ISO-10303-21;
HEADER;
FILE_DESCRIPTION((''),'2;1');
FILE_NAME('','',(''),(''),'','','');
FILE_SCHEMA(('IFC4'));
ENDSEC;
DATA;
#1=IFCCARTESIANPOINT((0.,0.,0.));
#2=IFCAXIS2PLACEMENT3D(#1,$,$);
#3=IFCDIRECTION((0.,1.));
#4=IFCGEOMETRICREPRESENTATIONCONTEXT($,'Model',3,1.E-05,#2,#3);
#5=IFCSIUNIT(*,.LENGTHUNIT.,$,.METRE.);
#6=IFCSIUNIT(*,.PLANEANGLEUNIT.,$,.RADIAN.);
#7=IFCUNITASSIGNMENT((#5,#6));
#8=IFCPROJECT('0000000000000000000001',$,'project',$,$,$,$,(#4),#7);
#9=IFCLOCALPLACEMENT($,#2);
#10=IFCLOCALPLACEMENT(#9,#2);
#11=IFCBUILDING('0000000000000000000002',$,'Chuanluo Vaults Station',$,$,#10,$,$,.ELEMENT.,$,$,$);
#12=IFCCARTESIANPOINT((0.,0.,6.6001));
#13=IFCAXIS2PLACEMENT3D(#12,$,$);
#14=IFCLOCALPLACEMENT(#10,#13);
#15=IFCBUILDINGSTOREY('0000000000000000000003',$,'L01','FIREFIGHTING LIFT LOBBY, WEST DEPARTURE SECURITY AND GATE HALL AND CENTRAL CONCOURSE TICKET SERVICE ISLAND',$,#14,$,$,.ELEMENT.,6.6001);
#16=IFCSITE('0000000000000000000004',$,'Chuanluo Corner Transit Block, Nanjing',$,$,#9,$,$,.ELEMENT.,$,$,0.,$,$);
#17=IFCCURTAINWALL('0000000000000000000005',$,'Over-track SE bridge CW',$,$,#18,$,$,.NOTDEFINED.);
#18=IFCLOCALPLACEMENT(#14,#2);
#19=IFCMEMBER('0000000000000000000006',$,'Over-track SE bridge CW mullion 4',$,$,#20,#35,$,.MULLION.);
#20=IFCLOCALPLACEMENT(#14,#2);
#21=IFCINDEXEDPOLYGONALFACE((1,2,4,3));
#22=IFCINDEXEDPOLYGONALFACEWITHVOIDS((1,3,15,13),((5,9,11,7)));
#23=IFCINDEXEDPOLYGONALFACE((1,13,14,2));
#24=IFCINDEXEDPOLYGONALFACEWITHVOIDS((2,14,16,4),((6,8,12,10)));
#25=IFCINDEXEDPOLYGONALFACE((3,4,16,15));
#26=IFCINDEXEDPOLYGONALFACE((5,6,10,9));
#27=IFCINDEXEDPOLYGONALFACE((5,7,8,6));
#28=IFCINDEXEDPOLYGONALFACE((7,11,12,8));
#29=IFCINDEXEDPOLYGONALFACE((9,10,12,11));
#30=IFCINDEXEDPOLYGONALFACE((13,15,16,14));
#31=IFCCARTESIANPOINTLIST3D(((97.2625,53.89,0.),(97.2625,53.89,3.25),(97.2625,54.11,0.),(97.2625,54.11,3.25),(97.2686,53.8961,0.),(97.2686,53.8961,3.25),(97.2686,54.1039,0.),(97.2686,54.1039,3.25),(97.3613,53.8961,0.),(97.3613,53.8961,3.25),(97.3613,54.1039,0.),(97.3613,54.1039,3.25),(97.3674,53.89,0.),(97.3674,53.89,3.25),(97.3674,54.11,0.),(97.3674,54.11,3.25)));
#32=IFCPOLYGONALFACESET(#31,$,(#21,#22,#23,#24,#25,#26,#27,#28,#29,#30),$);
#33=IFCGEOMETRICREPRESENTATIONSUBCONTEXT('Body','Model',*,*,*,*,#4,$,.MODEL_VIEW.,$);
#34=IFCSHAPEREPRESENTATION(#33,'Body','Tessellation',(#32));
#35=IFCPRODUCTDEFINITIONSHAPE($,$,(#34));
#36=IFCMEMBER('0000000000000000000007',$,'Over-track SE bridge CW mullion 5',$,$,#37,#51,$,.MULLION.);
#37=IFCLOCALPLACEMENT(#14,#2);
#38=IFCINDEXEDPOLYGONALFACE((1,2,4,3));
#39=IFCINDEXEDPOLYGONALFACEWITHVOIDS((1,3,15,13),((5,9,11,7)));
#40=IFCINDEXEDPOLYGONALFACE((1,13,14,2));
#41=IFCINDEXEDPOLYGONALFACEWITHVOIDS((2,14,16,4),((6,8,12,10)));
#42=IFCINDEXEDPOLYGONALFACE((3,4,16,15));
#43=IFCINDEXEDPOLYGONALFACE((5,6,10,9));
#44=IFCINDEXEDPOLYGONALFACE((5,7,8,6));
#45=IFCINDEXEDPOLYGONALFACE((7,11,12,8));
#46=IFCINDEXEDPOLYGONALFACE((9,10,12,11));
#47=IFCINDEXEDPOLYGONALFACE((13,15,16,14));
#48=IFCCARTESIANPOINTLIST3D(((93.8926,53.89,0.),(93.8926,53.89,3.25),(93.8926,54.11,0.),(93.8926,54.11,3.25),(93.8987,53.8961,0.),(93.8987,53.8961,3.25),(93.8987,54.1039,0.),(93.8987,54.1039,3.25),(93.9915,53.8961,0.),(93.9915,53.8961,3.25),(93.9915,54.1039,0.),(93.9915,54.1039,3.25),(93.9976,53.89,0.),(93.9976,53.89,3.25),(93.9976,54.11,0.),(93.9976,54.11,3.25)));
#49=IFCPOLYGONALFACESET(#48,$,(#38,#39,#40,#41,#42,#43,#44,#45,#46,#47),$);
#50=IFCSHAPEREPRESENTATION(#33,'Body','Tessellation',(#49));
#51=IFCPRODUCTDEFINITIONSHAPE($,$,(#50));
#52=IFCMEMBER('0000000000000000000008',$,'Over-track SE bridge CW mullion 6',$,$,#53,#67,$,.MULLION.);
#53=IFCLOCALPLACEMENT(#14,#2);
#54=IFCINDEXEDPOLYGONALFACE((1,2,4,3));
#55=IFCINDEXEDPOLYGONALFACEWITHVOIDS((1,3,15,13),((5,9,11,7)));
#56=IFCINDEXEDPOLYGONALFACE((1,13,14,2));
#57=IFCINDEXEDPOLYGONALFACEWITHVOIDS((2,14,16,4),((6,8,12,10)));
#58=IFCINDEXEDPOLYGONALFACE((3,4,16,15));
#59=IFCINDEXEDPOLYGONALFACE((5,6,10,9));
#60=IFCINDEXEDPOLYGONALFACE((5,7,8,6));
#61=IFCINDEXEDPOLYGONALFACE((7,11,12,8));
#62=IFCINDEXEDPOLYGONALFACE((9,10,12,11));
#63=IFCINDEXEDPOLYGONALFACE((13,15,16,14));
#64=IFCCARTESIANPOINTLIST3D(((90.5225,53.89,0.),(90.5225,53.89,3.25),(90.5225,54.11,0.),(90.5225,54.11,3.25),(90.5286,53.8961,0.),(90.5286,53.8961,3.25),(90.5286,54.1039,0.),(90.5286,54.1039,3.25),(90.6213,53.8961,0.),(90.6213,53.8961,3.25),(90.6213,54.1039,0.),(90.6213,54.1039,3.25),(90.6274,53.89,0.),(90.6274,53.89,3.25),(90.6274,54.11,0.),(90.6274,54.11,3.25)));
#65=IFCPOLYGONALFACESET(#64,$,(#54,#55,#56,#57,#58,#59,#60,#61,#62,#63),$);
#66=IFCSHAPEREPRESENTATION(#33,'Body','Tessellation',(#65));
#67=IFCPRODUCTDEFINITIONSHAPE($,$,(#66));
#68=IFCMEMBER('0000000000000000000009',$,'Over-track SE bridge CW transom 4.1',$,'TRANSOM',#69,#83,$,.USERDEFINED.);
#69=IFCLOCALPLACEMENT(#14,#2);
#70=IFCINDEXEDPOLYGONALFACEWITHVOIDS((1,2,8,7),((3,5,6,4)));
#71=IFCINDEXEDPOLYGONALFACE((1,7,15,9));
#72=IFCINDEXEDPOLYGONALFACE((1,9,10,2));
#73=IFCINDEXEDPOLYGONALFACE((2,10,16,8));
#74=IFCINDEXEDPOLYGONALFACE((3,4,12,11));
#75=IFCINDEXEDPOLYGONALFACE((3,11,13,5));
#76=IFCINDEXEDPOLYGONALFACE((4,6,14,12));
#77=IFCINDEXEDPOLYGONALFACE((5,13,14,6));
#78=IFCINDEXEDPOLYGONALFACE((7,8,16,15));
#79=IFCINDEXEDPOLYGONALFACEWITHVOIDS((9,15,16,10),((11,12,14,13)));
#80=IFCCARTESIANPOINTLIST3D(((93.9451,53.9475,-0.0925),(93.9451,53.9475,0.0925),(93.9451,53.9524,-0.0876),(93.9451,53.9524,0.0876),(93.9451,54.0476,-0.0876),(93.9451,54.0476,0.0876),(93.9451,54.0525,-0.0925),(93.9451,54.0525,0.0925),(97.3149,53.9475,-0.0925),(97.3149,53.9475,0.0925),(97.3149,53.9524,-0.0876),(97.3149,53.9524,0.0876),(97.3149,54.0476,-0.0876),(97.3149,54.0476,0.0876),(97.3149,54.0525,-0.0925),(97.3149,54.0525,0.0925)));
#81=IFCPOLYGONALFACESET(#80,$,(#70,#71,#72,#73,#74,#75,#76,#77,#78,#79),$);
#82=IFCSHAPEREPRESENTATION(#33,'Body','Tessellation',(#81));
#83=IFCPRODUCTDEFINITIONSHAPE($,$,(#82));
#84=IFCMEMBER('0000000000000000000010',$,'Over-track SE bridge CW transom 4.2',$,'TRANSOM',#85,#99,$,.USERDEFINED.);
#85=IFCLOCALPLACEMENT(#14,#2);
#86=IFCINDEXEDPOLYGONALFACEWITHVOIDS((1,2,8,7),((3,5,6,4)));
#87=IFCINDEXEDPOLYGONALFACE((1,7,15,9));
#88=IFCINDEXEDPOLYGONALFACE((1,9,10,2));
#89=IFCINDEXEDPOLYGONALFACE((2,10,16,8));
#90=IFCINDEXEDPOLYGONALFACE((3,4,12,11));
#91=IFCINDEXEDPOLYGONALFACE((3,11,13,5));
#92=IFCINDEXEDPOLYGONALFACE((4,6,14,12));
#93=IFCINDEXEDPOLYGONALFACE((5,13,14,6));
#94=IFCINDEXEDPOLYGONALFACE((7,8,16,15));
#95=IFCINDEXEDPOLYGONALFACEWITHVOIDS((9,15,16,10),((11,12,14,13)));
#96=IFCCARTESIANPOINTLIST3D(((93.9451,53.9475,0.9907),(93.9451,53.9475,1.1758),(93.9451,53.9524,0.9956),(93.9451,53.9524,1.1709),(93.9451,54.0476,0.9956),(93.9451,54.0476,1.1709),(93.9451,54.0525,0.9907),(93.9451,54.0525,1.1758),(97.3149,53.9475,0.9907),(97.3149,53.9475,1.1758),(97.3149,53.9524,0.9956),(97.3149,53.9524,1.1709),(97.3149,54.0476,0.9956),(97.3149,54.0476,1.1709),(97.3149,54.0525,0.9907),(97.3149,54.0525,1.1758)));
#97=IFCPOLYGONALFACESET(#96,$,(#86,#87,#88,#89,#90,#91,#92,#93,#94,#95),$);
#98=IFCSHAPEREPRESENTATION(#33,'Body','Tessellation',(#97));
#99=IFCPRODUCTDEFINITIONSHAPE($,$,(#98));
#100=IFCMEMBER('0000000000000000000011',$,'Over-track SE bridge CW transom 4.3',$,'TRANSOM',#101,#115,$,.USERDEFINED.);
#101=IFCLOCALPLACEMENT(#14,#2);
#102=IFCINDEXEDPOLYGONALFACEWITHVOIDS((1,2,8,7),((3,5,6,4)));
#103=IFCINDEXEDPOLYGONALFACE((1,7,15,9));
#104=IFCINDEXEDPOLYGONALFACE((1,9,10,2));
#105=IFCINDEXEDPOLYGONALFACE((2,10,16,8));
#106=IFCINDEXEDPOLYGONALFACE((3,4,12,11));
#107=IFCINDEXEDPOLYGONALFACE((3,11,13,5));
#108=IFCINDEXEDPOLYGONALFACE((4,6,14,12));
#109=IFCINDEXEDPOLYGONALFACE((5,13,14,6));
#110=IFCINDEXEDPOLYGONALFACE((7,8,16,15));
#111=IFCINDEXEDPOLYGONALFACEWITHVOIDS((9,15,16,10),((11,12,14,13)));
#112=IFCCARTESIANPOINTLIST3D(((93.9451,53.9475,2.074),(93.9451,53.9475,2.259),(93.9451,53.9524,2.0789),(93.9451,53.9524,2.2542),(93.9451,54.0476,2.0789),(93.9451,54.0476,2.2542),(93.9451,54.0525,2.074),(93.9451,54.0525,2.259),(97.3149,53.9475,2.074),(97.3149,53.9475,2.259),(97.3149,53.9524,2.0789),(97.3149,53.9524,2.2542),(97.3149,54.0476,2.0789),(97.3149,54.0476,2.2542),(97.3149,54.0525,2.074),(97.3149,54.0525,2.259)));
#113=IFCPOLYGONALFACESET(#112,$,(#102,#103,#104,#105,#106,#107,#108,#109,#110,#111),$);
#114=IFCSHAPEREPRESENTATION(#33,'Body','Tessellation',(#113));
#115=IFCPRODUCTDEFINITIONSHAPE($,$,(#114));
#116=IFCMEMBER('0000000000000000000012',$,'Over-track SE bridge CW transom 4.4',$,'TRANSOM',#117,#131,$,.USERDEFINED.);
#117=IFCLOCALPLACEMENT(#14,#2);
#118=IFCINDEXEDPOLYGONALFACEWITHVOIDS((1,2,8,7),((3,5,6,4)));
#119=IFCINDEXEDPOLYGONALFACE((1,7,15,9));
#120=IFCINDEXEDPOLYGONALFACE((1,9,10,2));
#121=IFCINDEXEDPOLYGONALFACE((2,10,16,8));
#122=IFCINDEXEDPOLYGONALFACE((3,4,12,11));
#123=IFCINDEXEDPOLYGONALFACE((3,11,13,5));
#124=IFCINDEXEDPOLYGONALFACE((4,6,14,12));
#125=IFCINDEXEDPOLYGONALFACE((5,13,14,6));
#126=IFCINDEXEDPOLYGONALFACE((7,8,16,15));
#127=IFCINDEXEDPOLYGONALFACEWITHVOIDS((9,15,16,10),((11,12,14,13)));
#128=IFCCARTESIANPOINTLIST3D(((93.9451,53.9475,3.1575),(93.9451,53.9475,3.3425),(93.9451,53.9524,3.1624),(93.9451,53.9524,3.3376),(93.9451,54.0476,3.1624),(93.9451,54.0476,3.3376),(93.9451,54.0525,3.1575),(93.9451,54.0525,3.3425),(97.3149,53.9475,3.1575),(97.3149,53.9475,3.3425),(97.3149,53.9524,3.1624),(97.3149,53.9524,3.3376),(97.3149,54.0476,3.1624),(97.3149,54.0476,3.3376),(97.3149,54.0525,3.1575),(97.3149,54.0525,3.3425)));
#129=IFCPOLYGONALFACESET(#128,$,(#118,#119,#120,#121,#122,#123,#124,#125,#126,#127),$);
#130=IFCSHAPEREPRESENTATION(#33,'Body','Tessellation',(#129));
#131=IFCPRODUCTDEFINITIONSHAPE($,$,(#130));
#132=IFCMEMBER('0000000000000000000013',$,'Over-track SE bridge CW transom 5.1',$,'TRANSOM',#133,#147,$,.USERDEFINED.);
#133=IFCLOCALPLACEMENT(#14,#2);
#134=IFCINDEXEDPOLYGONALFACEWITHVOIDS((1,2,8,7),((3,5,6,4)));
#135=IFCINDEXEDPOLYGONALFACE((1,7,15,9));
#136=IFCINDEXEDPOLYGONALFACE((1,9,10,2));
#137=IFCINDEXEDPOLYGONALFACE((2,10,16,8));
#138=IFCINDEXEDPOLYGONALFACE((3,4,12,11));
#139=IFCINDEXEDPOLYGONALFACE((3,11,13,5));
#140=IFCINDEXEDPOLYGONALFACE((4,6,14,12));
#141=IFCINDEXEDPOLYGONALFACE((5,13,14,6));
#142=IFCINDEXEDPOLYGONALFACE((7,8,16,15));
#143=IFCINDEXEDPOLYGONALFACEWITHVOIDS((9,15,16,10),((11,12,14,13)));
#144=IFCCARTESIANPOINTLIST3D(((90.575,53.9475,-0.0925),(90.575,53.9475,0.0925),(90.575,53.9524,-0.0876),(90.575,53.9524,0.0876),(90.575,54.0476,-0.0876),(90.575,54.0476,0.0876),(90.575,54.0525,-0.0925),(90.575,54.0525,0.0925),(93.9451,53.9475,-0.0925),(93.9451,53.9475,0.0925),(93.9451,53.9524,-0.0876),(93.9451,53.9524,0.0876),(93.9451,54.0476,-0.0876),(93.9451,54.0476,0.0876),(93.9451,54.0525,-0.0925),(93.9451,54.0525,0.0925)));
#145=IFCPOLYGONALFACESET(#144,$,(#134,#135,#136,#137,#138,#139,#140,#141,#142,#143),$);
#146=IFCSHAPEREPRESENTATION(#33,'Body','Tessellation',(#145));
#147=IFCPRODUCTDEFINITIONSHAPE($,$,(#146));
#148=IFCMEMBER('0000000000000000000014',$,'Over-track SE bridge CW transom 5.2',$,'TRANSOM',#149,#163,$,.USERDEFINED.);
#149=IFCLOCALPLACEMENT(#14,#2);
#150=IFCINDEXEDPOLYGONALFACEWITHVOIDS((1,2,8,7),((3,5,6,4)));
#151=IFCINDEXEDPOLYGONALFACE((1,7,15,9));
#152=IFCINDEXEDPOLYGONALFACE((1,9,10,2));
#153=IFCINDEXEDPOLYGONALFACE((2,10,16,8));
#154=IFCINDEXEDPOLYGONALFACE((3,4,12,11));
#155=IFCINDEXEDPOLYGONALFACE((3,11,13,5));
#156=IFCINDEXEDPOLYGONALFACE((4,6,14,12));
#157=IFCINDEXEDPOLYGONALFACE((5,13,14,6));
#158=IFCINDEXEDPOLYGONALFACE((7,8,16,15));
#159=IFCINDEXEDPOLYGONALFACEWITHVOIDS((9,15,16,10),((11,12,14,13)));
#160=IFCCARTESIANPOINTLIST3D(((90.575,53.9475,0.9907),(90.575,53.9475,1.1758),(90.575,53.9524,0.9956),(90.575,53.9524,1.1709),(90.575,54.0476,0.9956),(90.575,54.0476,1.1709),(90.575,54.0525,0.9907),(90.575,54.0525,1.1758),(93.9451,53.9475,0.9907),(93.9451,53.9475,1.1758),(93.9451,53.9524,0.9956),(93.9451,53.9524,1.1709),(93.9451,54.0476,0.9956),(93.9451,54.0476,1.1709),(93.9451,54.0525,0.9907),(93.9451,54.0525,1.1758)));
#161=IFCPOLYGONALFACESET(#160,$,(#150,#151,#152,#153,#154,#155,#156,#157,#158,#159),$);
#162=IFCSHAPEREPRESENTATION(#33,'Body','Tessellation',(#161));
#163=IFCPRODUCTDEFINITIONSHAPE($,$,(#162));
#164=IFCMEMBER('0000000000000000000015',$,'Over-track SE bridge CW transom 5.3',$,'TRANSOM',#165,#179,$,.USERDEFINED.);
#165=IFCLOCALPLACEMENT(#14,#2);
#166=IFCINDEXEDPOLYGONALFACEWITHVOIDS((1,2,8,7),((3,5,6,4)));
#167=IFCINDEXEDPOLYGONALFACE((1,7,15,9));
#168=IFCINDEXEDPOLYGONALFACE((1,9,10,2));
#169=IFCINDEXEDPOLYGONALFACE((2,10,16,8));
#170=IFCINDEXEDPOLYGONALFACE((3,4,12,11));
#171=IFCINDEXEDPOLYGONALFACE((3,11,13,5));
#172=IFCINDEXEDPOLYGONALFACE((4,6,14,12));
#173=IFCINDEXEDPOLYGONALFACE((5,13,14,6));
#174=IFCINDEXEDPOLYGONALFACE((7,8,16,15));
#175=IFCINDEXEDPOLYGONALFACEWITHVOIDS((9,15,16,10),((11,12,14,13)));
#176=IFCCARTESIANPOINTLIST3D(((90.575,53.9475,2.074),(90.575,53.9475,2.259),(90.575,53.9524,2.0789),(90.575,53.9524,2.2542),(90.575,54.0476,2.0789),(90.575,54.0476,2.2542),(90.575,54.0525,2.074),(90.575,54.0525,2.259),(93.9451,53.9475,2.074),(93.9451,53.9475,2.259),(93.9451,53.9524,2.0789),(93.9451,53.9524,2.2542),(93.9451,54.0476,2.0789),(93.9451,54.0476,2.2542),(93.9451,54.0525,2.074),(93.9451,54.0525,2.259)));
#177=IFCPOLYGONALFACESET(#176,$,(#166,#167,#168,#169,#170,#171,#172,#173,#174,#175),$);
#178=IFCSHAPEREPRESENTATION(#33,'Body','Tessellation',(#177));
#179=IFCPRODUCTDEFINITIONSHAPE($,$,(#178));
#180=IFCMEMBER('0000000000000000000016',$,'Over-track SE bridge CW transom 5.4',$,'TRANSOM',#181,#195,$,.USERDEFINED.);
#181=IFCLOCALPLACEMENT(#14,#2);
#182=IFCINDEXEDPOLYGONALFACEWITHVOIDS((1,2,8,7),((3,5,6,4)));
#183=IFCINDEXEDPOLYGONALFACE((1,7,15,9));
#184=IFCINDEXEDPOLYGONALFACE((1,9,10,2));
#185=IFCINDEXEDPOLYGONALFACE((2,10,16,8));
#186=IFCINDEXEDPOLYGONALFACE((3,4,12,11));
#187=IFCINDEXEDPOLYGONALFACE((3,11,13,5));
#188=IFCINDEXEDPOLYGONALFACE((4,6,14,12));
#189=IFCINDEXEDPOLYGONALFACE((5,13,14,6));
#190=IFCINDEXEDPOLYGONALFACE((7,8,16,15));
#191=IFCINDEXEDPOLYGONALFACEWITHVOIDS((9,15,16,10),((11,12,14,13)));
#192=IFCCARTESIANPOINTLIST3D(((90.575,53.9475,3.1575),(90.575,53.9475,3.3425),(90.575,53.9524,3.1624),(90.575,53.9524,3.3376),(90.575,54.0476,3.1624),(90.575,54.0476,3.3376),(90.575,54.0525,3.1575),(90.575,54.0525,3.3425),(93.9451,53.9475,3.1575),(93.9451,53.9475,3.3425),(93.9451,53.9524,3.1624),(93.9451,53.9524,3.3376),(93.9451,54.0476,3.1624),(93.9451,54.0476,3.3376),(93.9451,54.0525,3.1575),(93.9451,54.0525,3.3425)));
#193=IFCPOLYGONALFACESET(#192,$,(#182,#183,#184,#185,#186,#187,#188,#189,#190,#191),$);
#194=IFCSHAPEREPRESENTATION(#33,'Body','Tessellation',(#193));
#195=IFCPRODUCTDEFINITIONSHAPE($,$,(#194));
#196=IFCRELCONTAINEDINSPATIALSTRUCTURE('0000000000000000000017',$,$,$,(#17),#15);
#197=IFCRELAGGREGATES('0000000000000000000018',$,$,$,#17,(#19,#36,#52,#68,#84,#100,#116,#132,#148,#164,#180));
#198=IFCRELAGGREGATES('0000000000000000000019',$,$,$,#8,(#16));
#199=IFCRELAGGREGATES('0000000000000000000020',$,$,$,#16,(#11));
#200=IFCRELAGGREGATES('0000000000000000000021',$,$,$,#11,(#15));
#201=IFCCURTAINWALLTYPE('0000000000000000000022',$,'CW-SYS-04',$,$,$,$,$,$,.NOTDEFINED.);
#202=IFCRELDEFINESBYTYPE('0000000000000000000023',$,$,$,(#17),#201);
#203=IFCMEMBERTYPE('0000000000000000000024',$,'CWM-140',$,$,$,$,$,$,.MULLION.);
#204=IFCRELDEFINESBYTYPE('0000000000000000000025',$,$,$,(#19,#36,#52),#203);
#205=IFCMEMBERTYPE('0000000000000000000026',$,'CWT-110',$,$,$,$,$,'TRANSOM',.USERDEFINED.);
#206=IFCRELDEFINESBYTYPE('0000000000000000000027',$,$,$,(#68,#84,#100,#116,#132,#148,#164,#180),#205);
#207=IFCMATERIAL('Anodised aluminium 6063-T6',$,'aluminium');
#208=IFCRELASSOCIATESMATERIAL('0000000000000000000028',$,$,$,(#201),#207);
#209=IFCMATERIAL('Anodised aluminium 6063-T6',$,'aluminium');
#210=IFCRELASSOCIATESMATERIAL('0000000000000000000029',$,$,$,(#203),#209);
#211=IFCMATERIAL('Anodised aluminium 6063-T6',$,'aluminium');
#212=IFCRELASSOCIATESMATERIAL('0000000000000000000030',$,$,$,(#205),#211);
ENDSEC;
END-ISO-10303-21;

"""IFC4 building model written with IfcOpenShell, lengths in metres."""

from ifc_helpers import new_model, si_unit, direction, frame, origin, origin_2d, place, context, subcontext, project, spatial, hollow_rectangle, extrude, material, material_profile, profile_set, type_object, element, aggregate, save


model = new_model("IFC4")

# Units and contexts
model_context = context("Model", 3, precision=1e-05, world=origin(), true_north=direction((0.0, 1.0)))
body_context = subcontext(model_context, "Body", "Model", "MODEL_VIEW")
ifc_project = project(units=[si_unit("LENGTHUNIT", "METRE"), si_unit("PLANEANGLEUNIT", "RADIAN")], contexts=[model_context])

# Site, building, storey
site_placement = place(None, origin())
site = spatial("IfcSite", under=ifc_project, at=site_placement, Name="Chuanluo Corner Transit Block, Nanjing", CompositionType="ELEMENT", RefElevation=0.0)
building_placement = place(site_placement, origin())
building = spatial("IfcBuilding", under=site, at=building_placement, Name="Chuanluo Vaults Station", CompositionType="ELEMENT")
storey_placement = place(building_placement, frame((0.0, 0.0, 6.6001)))
storey = spatial("IfcBuildingStorey", under=building, at=storey_placement, Name="L01", Description="FIREFIGHTING LIFT LOBBY, WEST DEPARTURE SECURITY AND GATE HALL AND CENTRAL CONCOURSE TICKET SERVICE ISLAND", CompositionType="ELEMENT", Elevation=6.6001)

# Curtain wall, members
ifc_material_1 = material(Name="Anodised aluminium 6063-T6", Category="aluminium")
curtain_wall_type_1 = type_object("IfcCurtainWallType", Name="CW-SYS-04", PredefinedType="NOTDEFINED", material=ifc_material_1)
curtain_wall_1_placement = place(storey_placement, origin())
curtain_wall_1 = element("IfcCurtainWall", 1, at=curtain_wall_1_placement, inside=storey, type_object=curtain_wall_type_1, Name="Over-track SE bridge CW", PredefinedType="NOTDEFINED")
ifc_material_2 = material(Name="Anodised aluminium 6063-T6", Category="aluminium")
ifc_material_profile_1 = material_profile(ifc_material_2, hollow_rectangle(XDim=0.105, YDim=0.22, WallThickness=0.0061, at=origin_2d()))
ifc_profile_set_1 = profile_set([ifc_material_profile_1], Name="Anodised aluminium 6063-T6")
member_type_1 = type_object("IfcMemberType", Name="CWM-140", PredefinedType="MULLION", material=ifc_profile_set_1)
member_1_placement = place(storey_placement, frame((97.3149, 54.0, 0.0), z_axis=(0.0, 0.0, 1.0), x_axis=(-1.0, 0.0, 0.0)))
member_1 = element("IfcMember", 2, at=member_1_placement, type_object=member_type_1, Name="Over-track SE bridge CW mullion 4", PredefinedType="MULLION", context=body_context, shape_type="SweptSolid", body=[
    extrude(hollow_rectangle(XDim=0.105, YDim=0.22, WallThickness=0.0061, at=origin_2d()), origin(), (0.0, 0.0, 1.0), 3.25),
])
member_2_placement = place(storey_placement, frame((93.9451, 54.0, 0.0), z_axis=(0.0, 0.0, 1.0), x_axis=(-1.0, 0.0, 0.0)))
member_2 = element("IfcMember", 3, at=member_2_placement, type_object=member_type_1, Name="Over-track SE bridge CW mullion 5", PredefinedType="MULLION", context=body_context, shape_type="SweptSolid", body=[
    extrude(hollow_rectangle(XDim=0.105, YDim=0.22, WallThickness=0.0061, at=origin_2d()), origin(), (0.0, 0.0, 1.0), 3.25),
])
member_3_placement = place(storey_placement, frame((90.575, 54.0, 0.0), z_axis=(0.0, 0.0, 1.0), x_axis=(-1.0, 0.0, 0.0)))
member_3 = element("IfcMember", 4, at=member_3_placement, type_object=member_type_1, Name="Over-track SE bridge CW mullion 6", PredefinedType="MULLION", context=body_context, shape_type="SweptSolid", body=[
    extrude(hollow_rectangle(XDim=0.105, YDim=0.22, WallThickness=0.0061, at=origin_2d()), origin(), (0.0, 0.0, 1.0), 3.25),
])
ifc_material_3 = material(Name="Anodised aluminium 6063-T6", Category="aluminium")
ifc_material_profile_2 = material_profile(ifc_material_3, hollow_rectangle(XDim=0.105, YDim=0.1851, WallThickness=0.0049, at=origin_2d()))
ifc_profile_set_2 = profile_set([ifc_material_profile_2], Name="Anodised aluminium 6063-T6")
member_type_2 = type_object("IfcMemberType", Name="CWT-110", ElementType="TRANSOM", PredefinedType="USERDEFINED", material=ifc_profile_set_2)
member_4_placement = place(storey_placement, frame((97.3149, 54.0, 0.0), z_axis=(-1.0, 0.0, 0.0), x_axis=(0.0, -1.0, 0.0)))
member_4 = element("IfcMember", 5, at=member_4_placement, type_object=member_type_2, Name="Over-track SE bridge CW transom 4.1", ObjectType="TRANSOM", PredefinedType="USERDEFINED", context=body_context, shape_type="SweptSolid", body=[
    extrude(hollow_rectangle(XDim=0.105, YDim=0.1851, WallThickness=0.0049, at=origin_2d()), origin(), (0.0, 0.0, 1.0), 3.3699),
])
member_5_placement = place(storey_placement, frame((97.3149, 54.0, 1.0833), z_axis=(-1.0, 0.0, 0.0), x_axis=(0.0, -1.0, 0.0)))
member_5 = element("IfcMember", 6, at=member_5_placement, type_object=member_type_2, Name="Over-track SE bridge CW transom 4.2", ObjectType="TRANSOM", PredefinedType="USERDEFINED", context=body_context, shape_type="SweptSolid", body=[
    extrude(hollow_rectangle(XDim=0.105, YDim=0.1851, WallThickness=0.0049, at=origin_2d()), origin(), (0.0, 0.0, 1.0), 3.3699),
])
member_6_placement = place(storey_placement, frame((97.3149, 54.0, 2.1665), z_axis=(-1.0, 0.0, 0.0), x_axis=(0.0, -1.0, 0.0)))
member_6 = element("IfcMember", 7, at=member_6_placement, type_object=member_type_2, Name="Over-track SE bridge CW transom 4.3", ObjectType="TRANSOM", PredefinedType="USERDEFINED", context=body_context, shape_type="SweptSolid", body=[
    extrude(hollow_rectangle(XDim=0.105, YDim=0.1851, WallThickness=0.0049, at=origin_2d()), origin(), (0.0, 0.0, 1.0), 3.3699),
])
member_7_placement = place(storey_placement, frame((97.3149, 54.0, 3.25), z_axis=(-1.0, 0.0, 0.0), x_axis=(0.0, -1.0, 0.0)))
member_7 = element("IfcMember", 8, at=member_7_placement, type_object=member_type_2, Name="Over-track SE bridge CW transom 4.4", ObjectType="TRANSOM", PredefinedType="USERDEFINED", context=body_context, shape_type="SweptSolid", body=[
    extrude(hollow_rectangle(XDim=0.105, YDim=0.1851, WallThickness=0.0049, at=origin_2d()), origin(), (0.0, 0.0, 1.0), 3.3699),
])
member_8_placement = place(storey_placement, frame((93.9451, 54.0, 0.0), z_axis=(-1.0, 0.0, 0.0), x_axis=(0.0, -1.0, 0.0)))
member_8 = element("IfcMember", 9, at=member_8_placement, type_object=member_type_2, Name="Over-track SE bridge CW transom 5.1", ObjectType="TRANSOM", PredefinedType="USERDEFINED", context=body_context, shape_type="SweptSolid", body=[
    extrude(hollow_rectangle(XDim=0.105, YDim=0.1851, WallThickness=0.0049, at=origin_2d()), origin(), (0.0, 0.0, 1.0), 3.3701),
])
member_9_placement = place(storey_placement, frame((93.9451, 54.0, 1.0833), z_axis=(-1.0, 0.0, 0.0), x_axis=(0.0, -1.0, 0.0)))
member_9 = element("IfcMember", 10, at=member_9_placement, type_object=member_type_2, Name="Over-track SE bridge CW transom 5.2", ObjectType="TRANSOM", PredefinedType="USERDEFINED", context=body_context, shape_type="SweptSolid", body=[
    extrude(hollow_rectangle(XDim=0.105, YDim=0.1851, WallThickness=0.0049, at=origin_2d()), origin(), (0.0, 0.0, 1.0), 3.3701),
])
member_10_placement = place(storey_placement, frame((93.9451, 54.0, 2.1665), z_axis=(-1.0, 0.0, 0.0), x_axis=(0.0, -1.0, 0.0)))
member_10 = element("IfcMember", 11, at=member_10_placement, type_object=member_type_2, Name="Over-track SE bridge CW transom 5.3", ObjectType="TRANSOM", PredefinedType="USERDEFINED", context=body_context, shape_type="SweptSolid", body=[
    extrude(hollow_rectangle(XDim=0.105, YDim=0.1851, WallThickness=0.0049, at=origin_2d()), origin(), (0.0, 0.0, 1.0), 3.3701),
])
member_11_placement = place(storey_placement, frame((93.9451, 54.0, 3.25), z_axis=(-1.0, 0.0, 0.0), x_axis=(0.0, -1.0, 0.0)))
member_11 = element("IfcMember", 12, at=member_11_placement, type_object=member_type_2, Name="Over-track SE bridge CW transom 5.4", ObjectType="TRANSOM", PredefinedType="USERDEFINED", context=body_context, shape_type="SweptSolid", body=[
    extrude(hollow_rectangle(XDim=0.105, YDim=0.1851, WallThickness=0.0049, at=origin_2d()), origin(), (0.0, 0.0, 1.0), 3.3701),
])

aggregate(curtain_wall_1, [member_1, member_2, member_3, member_4, member_5, member_6, member_7, member_8, member_9, member_10, member_11])

save(model, "model.ifc")
